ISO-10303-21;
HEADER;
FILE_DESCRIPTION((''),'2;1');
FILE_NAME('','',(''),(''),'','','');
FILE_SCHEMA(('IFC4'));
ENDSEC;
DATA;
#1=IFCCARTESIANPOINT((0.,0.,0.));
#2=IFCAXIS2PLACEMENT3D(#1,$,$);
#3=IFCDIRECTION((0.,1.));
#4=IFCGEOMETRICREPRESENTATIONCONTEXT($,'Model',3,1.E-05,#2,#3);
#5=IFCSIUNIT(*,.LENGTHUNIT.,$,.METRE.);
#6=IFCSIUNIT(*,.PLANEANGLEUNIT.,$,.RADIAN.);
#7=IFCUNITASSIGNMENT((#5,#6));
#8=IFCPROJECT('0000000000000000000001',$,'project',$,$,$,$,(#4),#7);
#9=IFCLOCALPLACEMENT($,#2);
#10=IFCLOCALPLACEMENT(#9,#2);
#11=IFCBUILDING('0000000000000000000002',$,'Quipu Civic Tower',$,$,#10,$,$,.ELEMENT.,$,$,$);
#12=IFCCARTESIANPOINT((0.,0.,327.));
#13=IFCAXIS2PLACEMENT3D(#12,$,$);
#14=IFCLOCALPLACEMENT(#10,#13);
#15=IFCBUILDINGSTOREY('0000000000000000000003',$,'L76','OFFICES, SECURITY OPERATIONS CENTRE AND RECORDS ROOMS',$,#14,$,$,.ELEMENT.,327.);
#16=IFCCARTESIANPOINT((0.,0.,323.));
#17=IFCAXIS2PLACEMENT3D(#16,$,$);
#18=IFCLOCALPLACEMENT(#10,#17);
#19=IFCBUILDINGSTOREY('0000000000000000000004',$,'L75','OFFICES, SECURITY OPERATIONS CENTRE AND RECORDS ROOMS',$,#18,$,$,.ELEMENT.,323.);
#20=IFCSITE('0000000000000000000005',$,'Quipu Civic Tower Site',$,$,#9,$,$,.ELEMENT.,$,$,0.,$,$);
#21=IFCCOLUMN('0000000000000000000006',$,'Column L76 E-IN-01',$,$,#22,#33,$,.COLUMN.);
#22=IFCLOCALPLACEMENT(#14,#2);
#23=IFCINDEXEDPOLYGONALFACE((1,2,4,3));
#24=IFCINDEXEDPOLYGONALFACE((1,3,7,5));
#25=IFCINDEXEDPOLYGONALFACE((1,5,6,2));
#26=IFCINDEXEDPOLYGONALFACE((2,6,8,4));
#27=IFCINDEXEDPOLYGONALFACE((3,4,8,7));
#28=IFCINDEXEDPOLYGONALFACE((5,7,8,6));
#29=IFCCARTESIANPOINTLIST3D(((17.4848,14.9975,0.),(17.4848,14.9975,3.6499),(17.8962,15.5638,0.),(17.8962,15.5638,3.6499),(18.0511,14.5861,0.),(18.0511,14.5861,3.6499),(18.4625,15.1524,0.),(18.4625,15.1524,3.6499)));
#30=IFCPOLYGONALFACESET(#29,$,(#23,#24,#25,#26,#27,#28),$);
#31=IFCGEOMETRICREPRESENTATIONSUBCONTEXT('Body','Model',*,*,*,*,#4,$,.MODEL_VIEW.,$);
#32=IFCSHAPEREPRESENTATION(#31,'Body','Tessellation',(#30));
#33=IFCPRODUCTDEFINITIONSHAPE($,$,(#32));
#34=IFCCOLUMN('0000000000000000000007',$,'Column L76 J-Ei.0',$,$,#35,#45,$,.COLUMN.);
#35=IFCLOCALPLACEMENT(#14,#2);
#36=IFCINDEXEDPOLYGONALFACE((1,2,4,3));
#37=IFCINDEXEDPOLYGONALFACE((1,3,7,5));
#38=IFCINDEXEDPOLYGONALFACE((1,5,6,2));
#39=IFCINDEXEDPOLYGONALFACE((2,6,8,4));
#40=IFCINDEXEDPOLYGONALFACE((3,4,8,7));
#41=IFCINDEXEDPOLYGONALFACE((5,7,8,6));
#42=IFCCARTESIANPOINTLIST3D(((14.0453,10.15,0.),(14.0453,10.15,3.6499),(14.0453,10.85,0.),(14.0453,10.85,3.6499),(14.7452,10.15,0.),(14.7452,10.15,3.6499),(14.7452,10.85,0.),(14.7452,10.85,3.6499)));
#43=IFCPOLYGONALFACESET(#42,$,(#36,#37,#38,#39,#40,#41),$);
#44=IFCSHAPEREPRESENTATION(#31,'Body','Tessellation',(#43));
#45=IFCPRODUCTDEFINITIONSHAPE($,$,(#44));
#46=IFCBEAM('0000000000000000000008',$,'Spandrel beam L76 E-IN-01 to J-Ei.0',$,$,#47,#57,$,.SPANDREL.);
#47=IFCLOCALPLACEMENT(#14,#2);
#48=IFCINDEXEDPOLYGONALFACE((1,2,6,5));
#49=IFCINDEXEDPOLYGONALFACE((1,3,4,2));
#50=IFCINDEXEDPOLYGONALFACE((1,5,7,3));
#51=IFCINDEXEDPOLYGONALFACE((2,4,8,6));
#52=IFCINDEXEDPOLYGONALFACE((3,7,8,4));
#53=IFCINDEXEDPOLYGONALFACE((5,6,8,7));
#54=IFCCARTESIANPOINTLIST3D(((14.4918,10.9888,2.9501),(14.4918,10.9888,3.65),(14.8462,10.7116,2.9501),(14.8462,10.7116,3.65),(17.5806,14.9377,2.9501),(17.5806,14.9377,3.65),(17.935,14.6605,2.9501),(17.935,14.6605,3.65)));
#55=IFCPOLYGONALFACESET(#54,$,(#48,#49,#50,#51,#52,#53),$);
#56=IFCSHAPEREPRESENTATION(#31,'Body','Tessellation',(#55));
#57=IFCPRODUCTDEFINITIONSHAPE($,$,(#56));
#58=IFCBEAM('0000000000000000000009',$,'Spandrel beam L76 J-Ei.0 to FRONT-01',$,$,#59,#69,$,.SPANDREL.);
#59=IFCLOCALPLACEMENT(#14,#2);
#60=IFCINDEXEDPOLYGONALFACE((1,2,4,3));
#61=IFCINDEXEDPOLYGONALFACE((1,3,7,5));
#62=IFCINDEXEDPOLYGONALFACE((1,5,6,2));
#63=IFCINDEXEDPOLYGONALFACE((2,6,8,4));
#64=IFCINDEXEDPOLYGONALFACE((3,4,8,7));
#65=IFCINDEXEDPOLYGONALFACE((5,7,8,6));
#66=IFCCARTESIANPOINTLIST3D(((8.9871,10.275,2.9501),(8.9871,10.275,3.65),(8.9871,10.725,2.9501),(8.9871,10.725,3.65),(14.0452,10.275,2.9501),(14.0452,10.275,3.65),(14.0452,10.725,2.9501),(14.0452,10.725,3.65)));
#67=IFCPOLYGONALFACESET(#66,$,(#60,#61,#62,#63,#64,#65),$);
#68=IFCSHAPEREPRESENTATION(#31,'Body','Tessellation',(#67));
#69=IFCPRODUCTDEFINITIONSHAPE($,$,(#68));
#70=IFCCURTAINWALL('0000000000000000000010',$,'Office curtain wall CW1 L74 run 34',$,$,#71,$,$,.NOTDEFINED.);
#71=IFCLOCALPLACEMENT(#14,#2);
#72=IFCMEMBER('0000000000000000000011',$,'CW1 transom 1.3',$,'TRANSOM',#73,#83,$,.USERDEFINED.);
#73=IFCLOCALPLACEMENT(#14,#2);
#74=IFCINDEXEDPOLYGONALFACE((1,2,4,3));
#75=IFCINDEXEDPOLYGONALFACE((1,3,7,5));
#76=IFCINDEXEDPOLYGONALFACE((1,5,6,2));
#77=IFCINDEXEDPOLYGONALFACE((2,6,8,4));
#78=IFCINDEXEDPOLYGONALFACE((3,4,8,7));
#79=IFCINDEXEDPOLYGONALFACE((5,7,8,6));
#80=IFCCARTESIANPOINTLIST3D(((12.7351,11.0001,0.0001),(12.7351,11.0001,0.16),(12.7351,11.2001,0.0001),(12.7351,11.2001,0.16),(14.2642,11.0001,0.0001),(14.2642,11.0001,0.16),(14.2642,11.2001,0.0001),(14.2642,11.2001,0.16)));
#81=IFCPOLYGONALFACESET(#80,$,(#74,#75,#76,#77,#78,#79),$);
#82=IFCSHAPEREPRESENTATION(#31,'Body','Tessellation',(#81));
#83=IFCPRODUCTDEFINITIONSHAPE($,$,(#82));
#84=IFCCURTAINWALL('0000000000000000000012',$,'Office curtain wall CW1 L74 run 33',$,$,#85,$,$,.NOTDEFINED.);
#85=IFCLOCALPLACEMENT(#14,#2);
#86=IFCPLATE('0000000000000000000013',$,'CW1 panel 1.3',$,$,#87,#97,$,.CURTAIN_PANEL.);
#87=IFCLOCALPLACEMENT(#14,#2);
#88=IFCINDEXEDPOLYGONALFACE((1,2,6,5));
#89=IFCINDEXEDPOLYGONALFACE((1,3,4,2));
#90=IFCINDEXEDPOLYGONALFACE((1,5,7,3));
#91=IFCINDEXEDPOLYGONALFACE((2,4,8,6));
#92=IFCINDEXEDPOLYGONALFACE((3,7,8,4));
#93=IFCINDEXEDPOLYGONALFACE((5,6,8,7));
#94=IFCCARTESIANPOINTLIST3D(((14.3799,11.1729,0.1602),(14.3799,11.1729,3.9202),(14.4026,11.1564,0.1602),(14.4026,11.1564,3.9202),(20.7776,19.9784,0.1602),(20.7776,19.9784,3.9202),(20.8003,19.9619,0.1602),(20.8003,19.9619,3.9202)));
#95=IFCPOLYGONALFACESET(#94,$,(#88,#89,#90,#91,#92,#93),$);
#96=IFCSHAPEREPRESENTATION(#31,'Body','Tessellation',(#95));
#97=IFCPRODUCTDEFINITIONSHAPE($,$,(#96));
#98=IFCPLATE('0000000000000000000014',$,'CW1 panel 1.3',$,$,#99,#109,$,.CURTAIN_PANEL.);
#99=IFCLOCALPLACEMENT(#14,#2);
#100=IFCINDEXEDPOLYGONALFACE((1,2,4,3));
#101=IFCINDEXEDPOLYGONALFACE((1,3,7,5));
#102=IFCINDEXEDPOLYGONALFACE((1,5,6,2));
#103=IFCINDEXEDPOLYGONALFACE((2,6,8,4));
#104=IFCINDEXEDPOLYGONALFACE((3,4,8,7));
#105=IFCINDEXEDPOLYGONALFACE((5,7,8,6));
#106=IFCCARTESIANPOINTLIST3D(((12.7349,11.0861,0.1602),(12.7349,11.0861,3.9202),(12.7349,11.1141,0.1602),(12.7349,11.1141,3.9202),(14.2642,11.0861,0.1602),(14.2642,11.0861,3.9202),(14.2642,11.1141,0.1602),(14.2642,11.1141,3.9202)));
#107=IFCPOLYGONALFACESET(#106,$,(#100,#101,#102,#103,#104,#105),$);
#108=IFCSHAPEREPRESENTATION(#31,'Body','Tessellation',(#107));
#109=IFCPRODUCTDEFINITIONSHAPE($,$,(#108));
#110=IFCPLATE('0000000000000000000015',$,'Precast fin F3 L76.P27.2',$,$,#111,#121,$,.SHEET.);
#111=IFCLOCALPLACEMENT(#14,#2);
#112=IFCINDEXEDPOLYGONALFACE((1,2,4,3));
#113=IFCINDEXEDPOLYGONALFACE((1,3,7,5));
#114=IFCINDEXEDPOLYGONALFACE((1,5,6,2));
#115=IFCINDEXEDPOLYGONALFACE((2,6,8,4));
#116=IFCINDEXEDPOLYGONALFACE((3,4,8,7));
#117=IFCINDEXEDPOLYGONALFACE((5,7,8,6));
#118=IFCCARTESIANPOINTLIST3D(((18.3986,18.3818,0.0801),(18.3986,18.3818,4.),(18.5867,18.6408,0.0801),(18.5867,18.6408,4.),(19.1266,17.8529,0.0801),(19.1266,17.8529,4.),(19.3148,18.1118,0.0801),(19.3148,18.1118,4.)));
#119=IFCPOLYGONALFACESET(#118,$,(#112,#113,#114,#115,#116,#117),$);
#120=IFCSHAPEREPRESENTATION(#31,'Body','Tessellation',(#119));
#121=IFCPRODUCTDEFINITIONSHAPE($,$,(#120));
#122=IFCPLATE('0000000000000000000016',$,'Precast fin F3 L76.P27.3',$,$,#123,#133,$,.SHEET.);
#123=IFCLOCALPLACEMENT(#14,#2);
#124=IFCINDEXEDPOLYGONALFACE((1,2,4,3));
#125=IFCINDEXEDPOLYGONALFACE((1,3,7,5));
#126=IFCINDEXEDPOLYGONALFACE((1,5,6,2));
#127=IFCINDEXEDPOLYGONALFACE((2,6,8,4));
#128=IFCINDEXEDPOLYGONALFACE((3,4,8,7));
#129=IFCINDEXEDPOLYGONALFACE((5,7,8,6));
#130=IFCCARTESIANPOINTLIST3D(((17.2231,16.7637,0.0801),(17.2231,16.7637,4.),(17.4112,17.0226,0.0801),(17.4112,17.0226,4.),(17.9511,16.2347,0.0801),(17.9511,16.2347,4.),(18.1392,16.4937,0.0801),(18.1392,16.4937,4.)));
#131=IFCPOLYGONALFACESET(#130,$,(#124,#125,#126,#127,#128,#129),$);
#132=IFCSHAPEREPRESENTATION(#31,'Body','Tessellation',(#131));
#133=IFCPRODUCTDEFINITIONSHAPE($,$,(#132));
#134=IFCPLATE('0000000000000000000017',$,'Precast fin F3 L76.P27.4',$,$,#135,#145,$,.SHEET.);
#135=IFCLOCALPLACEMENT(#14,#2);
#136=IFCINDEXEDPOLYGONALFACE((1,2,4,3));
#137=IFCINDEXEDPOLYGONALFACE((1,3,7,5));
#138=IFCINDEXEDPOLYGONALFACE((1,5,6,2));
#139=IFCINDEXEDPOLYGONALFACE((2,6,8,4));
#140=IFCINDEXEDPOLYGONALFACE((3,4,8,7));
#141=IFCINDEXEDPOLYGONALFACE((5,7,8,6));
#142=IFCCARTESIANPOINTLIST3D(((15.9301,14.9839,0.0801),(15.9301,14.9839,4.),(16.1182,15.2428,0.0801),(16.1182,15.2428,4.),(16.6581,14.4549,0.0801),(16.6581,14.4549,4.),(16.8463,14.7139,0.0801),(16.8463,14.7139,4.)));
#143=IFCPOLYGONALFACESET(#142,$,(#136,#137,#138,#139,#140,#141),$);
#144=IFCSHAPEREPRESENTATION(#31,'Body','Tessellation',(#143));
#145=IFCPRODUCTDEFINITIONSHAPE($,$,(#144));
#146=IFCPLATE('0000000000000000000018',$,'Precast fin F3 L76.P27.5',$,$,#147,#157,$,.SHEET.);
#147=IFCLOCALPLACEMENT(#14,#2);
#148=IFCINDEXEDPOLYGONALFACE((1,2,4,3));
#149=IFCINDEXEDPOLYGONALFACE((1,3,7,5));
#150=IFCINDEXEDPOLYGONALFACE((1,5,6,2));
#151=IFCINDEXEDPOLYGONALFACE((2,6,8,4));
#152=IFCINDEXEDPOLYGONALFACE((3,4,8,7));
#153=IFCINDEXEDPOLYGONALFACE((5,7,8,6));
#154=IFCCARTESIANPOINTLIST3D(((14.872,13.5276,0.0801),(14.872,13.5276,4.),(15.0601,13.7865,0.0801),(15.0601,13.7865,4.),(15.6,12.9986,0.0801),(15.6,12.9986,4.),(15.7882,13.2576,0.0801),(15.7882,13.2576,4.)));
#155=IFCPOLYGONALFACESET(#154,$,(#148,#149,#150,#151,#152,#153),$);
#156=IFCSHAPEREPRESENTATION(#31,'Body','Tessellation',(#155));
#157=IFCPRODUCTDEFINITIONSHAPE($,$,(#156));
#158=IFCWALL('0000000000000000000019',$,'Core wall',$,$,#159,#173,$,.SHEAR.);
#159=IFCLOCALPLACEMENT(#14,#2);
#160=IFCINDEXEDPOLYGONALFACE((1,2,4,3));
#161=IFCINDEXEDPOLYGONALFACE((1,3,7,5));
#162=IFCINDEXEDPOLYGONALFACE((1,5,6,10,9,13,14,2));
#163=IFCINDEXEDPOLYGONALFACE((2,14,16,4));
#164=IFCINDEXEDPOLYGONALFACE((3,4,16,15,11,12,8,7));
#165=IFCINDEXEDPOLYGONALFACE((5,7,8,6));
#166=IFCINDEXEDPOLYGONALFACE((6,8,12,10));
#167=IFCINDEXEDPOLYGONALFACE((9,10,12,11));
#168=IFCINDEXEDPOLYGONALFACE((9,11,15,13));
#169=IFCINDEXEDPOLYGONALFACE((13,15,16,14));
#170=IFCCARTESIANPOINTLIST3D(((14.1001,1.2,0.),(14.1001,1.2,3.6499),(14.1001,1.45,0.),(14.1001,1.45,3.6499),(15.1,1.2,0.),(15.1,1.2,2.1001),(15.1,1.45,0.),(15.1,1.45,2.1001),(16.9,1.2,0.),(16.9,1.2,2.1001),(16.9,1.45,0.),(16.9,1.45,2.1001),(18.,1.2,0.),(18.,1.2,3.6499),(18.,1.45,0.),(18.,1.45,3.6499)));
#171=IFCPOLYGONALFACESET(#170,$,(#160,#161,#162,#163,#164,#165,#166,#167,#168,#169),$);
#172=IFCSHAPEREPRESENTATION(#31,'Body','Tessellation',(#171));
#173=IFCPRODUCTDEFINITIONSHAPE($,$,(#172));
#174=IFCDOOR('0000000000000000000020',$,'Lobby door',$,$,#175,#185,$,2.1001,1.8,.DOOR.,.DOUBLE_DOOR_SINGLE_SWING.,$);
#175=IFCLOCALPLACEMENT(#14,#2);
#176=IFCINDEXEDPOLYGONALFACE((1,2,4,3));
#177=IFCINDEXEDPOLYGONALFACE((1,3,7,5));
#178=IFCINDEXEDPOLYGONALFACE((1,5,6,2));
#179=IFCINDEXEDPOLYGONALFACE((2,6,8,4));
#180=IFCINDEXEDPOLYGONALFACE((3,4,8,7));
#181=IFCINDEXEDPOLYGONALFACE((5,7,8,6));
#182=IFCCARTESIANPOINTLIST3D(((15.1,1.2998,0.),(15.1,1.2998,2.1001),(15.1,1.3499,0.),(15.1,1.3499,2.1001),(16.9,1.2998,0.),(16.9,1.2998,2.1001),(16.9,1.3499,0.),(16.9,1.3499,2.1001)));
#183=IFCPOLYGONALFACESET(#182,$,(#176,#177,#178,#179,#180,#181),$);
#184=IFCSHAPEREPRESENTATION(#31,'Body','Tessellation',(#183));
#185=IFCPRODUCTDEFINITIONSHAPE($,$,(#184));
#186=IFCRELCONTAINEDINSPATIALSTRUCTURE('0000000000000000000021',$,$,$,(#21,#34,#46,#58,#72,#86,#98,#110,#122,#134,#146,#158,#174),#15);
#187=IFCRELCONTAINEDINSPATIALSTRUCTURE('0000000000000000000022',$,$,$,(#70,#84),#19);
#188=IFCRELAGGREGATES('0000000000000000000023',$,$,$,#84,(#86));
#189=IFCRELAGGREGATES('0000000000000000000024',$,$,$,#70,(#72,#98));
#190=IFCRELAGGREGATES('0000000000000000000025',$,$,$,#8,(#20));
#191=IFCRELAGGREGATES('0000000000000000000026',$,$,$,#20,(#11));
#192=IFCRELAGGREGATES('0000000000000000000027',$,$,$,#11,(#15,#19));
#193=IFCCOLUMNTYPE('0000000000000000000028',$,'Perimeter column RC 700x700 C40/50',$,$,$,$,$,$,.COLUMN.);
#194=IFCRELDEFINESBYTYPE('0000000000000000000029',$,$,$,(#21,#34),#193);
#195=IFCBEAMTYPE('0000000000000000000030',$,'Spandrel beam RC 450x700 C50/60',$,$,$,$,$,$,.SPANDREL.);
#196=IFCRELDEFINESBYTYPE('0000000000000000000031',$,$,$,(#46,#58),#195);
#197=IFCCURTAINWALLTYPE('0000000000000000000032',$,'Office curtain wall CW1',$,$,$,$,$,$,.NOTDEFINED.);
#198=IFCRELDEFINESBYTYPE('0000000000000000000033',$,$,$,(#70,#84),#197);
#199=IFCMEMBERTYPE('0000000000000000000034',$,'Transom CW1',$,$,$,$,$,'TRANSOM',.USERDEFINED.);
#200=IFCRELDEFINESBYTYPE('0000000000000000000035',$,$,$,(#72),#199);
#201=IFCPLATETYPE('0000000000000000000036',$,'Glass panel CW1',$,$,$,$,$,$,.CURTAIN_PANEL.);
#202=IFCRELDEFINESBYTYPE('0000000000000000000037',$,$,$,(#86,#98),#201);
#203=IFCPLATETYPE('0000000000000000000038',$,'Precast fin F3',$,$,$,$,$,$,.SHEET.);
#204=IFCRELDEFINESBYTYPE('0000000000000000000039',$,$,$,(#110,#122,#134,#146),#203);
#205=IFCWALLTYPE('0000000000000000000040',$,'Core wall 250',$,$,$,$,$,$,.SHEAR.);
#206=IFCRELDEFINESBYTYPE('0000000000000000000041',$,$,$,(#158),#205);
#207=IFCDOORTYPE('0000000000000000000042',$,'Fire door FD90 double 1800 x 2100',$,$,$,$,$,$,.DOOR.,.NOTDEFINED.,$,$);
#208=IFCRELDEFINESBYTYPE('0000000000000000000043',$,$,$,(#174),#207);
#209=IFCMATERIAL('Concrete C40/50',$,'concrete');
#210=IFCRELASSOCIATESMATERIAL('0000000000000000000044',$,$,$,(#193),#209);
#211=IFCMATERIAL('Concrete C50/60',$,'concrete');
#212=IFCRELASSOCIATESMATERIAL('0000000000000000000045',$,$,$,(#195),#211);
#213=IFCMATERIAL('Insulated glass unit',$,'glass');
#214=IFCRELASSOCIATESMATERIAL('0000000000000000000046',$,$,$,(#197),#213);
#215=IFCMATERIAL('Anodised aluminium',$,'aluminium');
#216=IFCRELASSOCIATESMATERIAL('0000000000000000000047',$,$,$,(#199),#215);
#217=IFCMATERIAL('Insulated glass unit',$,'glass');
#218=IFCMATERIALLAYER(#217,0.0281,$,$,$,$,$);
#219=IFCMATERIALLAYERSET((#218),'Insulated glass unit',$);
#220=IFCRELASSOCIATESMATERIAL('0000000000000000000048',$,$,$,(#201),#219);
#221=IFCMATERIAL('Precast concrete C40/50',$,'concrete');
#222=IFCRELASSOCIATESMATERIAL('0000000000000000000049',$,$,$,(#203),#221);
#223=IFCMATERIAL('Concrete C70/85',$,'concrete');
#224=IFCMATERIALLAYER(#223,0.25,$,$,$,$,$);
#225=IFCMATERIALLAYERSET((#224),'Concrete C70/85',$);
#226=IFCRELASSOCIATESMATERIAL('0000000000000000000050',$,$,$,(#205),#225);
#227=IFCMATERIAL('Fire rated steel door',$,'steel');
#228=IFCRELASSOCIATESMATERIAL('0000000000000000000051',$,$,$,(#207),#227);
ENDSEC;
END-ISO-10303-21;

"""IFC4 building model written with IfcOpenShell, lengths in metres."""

from ifc_helpers import new_model, si_unit, direction, frame, frame_2d, origin, origin_2d, place, context, subcontext, project, spatial, rectangle, extrude, material, layer, layer_set, material_profile, profile_set, type_object, element, fill, aggregate, save


model = new_model("IFC4")

# Units and contexts
model_context = context("Model", 3, precision=1e-05, world=origin(), true_north=direction((0.0, 1.0)))
body_context = subcontext(model_context, "Body", "Model", "MODEL_VIEW")
ifc_project = project(units=[si_unit("LENGTHUNIT", "METRE"), si_unit("PLANEANGLEUNIT", "RADIAN")], contexts=[model_context])

# Site, building, storey
site_placement = place(None, origin())
site = spatial("IfcSite", under=ifc_project, at=site_placement, Name="Quipu Civic Tower Site", CompositionType="ELEMENT", RefElevation=0.0)
building_placement = place(site_placement, origin())
building = spatial("IfcBuilding", under=site, at=building_placement, Name="Quipu Civic Tower", CompositionType="ELEMENT")
storey_1_placement = place(building_placement, frame((0.0, 0.0, 327.0)))
storey_1 = spatial("IfcBuildingStorey", under=building, at=storey_1_placement, Name="L76", Description="OFFICES, SECURITY OPERATIONS CENTRE AND RECORDS ROOMS", CompositionType="ELEMENT", Elevation=327.0)

# Columns
ifc_material_1 = material(Name="Concrete C40/50", Category="concrete")
ifc_material_profile_1 = material_profile(ifc_material_1, rectangle(XDim=0.7, YDim=0.7, at=origin_2d()), Name="RC700x700")
ifc_profile_set_1 = profile_set([ifc_material_profile_1], Name="Concrete C40/50")
column_type = type_object("IfcColumnType", Name="Perimeter column RC 700x700 C40/50", PredefinedType="COLUMN", material=ifc_profile_set_1)
for number, where, z_axis, x_axis, name in (
    (1, (17.9736, 15.075, 0.0), (0.0, 0.0, 1.0), (-0.587785, -0.809017, 0.0), "Column L76 E-IN-01"),
    (2, (14.3953, 10.5, 0.0), (0.0, 0.0, 1.0), (-1.0, 0.0, 0.0), "Column L76 J-Ei.0"),
):
    element("IfcColumn", number, at=place(storey_1_placement, frame(where, z_axis=z_axis, x_axis=x_axis)), inside=storey_1, type_object=column_type, Name=name, PredefinedType="COLUMN", context=body_context, shape_type="SweptSolid", body=[
        extrude(rectangle(XDim=0.7, YDim=0.7, at=origin_2d()), origin(), (0.0, 0.0, 1.0), 3.6499),
    ])

# Beams
ifc_material_2 = material(Name="Concrete C50/60", Category="concrete")
ifc_material_profile_2 = material_profile(ifc_material_2, rectangle(XDim=0.45, YDim=0.7, at=origin_2d()), Name="RC450x700")
ifc_profile_set_2 = profile_set([ifc_material_profile_2], Name="Concrete C50/60")
beam_type = type_object("IfcBeamType", Name="Spandrel beam RC 450x700 C50/60", PredefinedType="SPANDREL", material=ifc_profile_set_2)
beam_1_placement = place(storey_1_placement, frame((17.7578, 14.7991, 3.3), z_axis=(-0.616106, -0.787663, 0.0), x_axis=(0.787663, -0.616106, 0.0)))
element("IfcBeam", 3, at=beam_1_placement, inside=storey_1, type_object=beam_type, Name="Spandrel beam L76 E-IN-01 to J-Ei.0", PredefinedType="SPANDREL", context=body_context, shape_type="SweptSolid", body=[
    extrude(rectangle(XDim=0.45, YDim=0.7, at=origin_2d()), origin(), (0.0, 0.0, 1.0), 5.0134),
])
beam_2_placement = place(storey_1_placement, frame((14.0452, 10.5, 3.3), z_axis=(-1.0, 0.0, 0.0), x_axis=(0.0, -1.0, 0.0)))
element("IfcBeam", 4, at=beam_2_placement, inside=storey_1, type_object=beam_type, Name="Spandrel beam L76 J-Ei.0 to FRONT-01", PredefinedType="SPANDREL", context=body_context, shape_type="SweptSolid", body=[
    extrude(rectangle(XDim=0.45, YDim=0.7, at=origin_2d()), origin(), (0.0, 0.0, 1.0), 5.0581),
])

# Shared definitions
storey_2_placement = place(building_placement, frame((0.0, 0.0, 323.0)))
storey_2 = spatial("IfcBuildingStorey", under=building, at=storey_2_placement, Name="L75", Description="OFFICES, SECURITY OPERATIONS CENTRE AND RECORDS ROOMS", CompositionType="ELEMENT", Elevation=323.0)

# Curtain wall, member
ifc_material_3 = material(Name="Insulated glass unit", Category="glass")
curtain_wall_type = type_object("IfcCurtainWallType", Name="Office curtain wall CW1", PredefinedType="NOTDEFINED", material=ifc_material_3)
curtain_wall_1_placement = place(storey_2_placement, origin())
curtain_wall_1 = element("IfcCurtainWall", 5, at=curtain_wall_1_placement, inside=storey_2, type_object=curtain_wall_type, Name="Office curtain wall CW1 L74 run 34", PredefinedType="NOTDEFINED")
ifc_material_4 = material(Name="Anodised aluminium", Category="aluminium")
ifc_material_profile_3 = material_profile(ifc_material_4, rectangle(XDim=0.2, YDim=0.1599, at=origin_2d()), Name="RECT 200x160")
ifc_profile_set_3 = profile_set([ifc_material_profile_3], Name="Anodised aluminium")
member_type = type_object("IfcMemberType", Name="Transom CW1", ElementType="TRANSOM", PredefinedType="USERDEFINED", material=ifc_profile_set_3)
member_placement = place(storey_1_placement, frame((14.2642, 11.1001, 0.0801), z_axis=(-1.0, 0.0, 0.0), x_axis=(0.0, -1.0, 0.0)))
member = element("IfcMember", 6, at=member_placement, inside=storey_1, type_object=member_type, Name="CW1 transom 1.3", ObjectType="TRANSOM", PredefinedType="USERDEFINED", context=body_context, shape_type="SweptSolid", body=[
    extrude(rectangle(XDim=0.2, YDim=0.1599, at=origin_2d()), origin(), (0.0, 0.0, 1.0), 1.5291),
])

# Curtain wall, plate
curtain_wall_2_placement = place(storey_2_placement, origin())
curtain_wall_2 = element("IfcCurtainWall", 7, at=curtain_wall_2_placement, inside=storey_2, type_object=curtain_wall_type, Name="Office curtain wall CW1 L74 run 33", PredefinedType="NOTDEFINED")
ifc_material_5 = material(Name="Insulated glass unit", Category="glass")
ifc_layer_1 = layer(ifc_material_5, 0.0281)
ifc_layer_set_1 = layer_set([ifc_layer_1], Name="Insulated glass unit")
plate_type_1 = type_object("IfcPlateType", Name="Glass panel CW1", PredefinedType="CURTAIN_PANEL", material=ifc_layer_set_1)
plate_1_placement = place(storey_1_placement, frame((17.5901, 15.5674, 0.1602), z_axis=(0.0, 0.0, 1.0), x_axis=(-0.587788, -0.809015, 0.0)))
plate_1 = element("IfcPlate", 8, at=plate_1_placement, inside=storey_1, type_object=plate_type_1, Name="CW1 panel 1.3", PredefinedType="CURTAIN_PANEL", context=body_context, shape_type="SweptSolid", body=[
    extrude(rectangle(XDim=10.8843, YDim=0.0281, at=origin_2d()), origin(), (0.0, 0.0, 1.0), 3.76),
])
aggregate(curtain_wall_2, [plate_1])

# Plate
plate_2_placement = place(storey_1_placement, frame((13.4995, 11.1001, 0.1602), z_axis=(0.0, 0.0, 1.0), x_axis=(-1.0, 0.0, 0.0)))
plate_2 = element("IfcPlate", 9, at=plate_2_placement, inside=storey_1, type_object=plate_type_1, Name="CW1 panel 1.3", PredefinedType="CURTAIN_PANEL", context=body_context, shape_type="SweptSolid", body=[
    extrude(rectangle(XDim=1.5293, YDim=0.0281, at=origin_2d()), origin(), (0.0, 0.0, 1.0), 3.76),
])
aggregate(curtain_wall_1, [member, plate_2])

# Plates
ifc_material_6 = material(Name="Precast concrete C40/50", Category="concrete")
plate_type_2 = type_object("IfcPlateType", Name="Precast fin F3", PredefinedType="SHEET", material=ifc_material_6)
for number, where, z_axis, x_axis, name in (
    (10, (18.8567, 18.2468, 0.0801), (0.0, 0.0, 1.0), (-0.587784, -0.809018, 0.0), "Precast fin F3 L76.P27.2"),
    (11, (17.6812, 16.6287, 0.0801), (0.0, 0.0, 1.0), (-0.587784, -0.809018, 0.0), "Precast fin F3 L76.P27.3"),
    (12, (16.3882, 14.8489, 0.0801), (0.0, 0.0, 1.0), (-0.587784, -0.809018, 0.0), "Precast fin F3 L76.P27.4"),
    (13, (15.3301, 13.3926, 0.0801), (0.0, 0.0, 1.0), (-0.587784, -0.809018, 0.0), "Precast fin F3 L76.P27.5"),
):
    element("IfcPlate", number, at=place(storey_1_placement, frame(where, z_axis=z_axis, x_axis=x_axis)), inside=storey_1, type_object=plate_type_2, Name=name, PredefinedType="SHEET", context=body_context, shape_type="SweptSolid", body=[
        extrude(rectangle(XDim=0.3201, YDim=0.8999, at=origin_2d()), origin(), (0.0, 0.0, 1.0), 3.9199),
    ])

# Wall, opening, door
ifc_material_7 = material(Name="Concrete C70/85", Category="concrete")
ifc_layer_2 = layer(ifc_material_7, 0.25)
ifc_layer_set_2 = layer_set([ifc_layer_2], Name="Concrete C70/85")
wall_type_1 = type_object("IfcWallType", Name="Core wall 250", PredefinedType="SHEAR", material=ifc_layer_set_2)
wall_1_placement = place(storey_1_placement, frame((14.1001, 1.325, 0.0), z_axis=(0.0, 0.0, 1.0), x_axis=(1.0, 0.0, 0.0)))
wall_1 = element("IfcWall", 14, at=wall_1_placement, inside=storey_1, type_object=wall_type_1, Name="Core wall", PredefinedType="SHEAR", context=body_context, shape_type="SweptSolid", body=[
    extrude(rectangle(XDim=3.8999, YDim=0.25, at=frame_2d((1.95, 0.0))), origin(), (0.0, 0.0, 1.0), 3.6499),
])
opening_1_placement = place(wall_1_placement, frame((1.0, 0.0, 0.0)))
opening_1 = element("IfcOpeningElement", 15, at=opening_1_placement, cuts=wall_1, PredefinedType="OPENING", context=body_context, shape_type="SweptSolid", body=[
    extrude(rectangle(XDim=1.8, YDim=2.1001, at=frame_2d((0.8999, 1.05))), frame((0.0, 0.135, 0.0), z_axis=(0.0, -1.0, 0.0), x_axis=(1.0, 0.0, 0.0)), (0.0, 0.0, 1.0), 0.27),
])
ifc_material_8 = material(Name="Fire rated steel door", Category="steel")
door_type = type_object("IfcDoorType", Name="Fire door FD90 double 1800 x 2100", OperationType="NOTDEFINED", PredefinedType="DOOR", material=ifc_material_8)
door_placement = place(opening_1_placement, origin())
door = element("IfcDoor", 16, at=door_placement, inside=storey_1, type_object=door_type, Name="Lobby door", OperationType="DOUBLE_DOOR_SINGLE_SWING", OverallHeight=2.1001, OverallWidth=1.8, PredefinedType="DOOR", context=body_context, shape_type="SweptSolid", body=[
    extrude(rectangle(XDim=1.8, YDim=2.1001, at=frame_2d((0.8999, 1.05))), frame((0.0, 0.0249, 0.0), z_axis=(0.0, -1.0, 0.0), x_axis=(1.0, 0.0, 0.0)), (0.0, 0.0, 1.0), 0.05),
])
fill(opening_1, door)

save(model, "model.ifc")
